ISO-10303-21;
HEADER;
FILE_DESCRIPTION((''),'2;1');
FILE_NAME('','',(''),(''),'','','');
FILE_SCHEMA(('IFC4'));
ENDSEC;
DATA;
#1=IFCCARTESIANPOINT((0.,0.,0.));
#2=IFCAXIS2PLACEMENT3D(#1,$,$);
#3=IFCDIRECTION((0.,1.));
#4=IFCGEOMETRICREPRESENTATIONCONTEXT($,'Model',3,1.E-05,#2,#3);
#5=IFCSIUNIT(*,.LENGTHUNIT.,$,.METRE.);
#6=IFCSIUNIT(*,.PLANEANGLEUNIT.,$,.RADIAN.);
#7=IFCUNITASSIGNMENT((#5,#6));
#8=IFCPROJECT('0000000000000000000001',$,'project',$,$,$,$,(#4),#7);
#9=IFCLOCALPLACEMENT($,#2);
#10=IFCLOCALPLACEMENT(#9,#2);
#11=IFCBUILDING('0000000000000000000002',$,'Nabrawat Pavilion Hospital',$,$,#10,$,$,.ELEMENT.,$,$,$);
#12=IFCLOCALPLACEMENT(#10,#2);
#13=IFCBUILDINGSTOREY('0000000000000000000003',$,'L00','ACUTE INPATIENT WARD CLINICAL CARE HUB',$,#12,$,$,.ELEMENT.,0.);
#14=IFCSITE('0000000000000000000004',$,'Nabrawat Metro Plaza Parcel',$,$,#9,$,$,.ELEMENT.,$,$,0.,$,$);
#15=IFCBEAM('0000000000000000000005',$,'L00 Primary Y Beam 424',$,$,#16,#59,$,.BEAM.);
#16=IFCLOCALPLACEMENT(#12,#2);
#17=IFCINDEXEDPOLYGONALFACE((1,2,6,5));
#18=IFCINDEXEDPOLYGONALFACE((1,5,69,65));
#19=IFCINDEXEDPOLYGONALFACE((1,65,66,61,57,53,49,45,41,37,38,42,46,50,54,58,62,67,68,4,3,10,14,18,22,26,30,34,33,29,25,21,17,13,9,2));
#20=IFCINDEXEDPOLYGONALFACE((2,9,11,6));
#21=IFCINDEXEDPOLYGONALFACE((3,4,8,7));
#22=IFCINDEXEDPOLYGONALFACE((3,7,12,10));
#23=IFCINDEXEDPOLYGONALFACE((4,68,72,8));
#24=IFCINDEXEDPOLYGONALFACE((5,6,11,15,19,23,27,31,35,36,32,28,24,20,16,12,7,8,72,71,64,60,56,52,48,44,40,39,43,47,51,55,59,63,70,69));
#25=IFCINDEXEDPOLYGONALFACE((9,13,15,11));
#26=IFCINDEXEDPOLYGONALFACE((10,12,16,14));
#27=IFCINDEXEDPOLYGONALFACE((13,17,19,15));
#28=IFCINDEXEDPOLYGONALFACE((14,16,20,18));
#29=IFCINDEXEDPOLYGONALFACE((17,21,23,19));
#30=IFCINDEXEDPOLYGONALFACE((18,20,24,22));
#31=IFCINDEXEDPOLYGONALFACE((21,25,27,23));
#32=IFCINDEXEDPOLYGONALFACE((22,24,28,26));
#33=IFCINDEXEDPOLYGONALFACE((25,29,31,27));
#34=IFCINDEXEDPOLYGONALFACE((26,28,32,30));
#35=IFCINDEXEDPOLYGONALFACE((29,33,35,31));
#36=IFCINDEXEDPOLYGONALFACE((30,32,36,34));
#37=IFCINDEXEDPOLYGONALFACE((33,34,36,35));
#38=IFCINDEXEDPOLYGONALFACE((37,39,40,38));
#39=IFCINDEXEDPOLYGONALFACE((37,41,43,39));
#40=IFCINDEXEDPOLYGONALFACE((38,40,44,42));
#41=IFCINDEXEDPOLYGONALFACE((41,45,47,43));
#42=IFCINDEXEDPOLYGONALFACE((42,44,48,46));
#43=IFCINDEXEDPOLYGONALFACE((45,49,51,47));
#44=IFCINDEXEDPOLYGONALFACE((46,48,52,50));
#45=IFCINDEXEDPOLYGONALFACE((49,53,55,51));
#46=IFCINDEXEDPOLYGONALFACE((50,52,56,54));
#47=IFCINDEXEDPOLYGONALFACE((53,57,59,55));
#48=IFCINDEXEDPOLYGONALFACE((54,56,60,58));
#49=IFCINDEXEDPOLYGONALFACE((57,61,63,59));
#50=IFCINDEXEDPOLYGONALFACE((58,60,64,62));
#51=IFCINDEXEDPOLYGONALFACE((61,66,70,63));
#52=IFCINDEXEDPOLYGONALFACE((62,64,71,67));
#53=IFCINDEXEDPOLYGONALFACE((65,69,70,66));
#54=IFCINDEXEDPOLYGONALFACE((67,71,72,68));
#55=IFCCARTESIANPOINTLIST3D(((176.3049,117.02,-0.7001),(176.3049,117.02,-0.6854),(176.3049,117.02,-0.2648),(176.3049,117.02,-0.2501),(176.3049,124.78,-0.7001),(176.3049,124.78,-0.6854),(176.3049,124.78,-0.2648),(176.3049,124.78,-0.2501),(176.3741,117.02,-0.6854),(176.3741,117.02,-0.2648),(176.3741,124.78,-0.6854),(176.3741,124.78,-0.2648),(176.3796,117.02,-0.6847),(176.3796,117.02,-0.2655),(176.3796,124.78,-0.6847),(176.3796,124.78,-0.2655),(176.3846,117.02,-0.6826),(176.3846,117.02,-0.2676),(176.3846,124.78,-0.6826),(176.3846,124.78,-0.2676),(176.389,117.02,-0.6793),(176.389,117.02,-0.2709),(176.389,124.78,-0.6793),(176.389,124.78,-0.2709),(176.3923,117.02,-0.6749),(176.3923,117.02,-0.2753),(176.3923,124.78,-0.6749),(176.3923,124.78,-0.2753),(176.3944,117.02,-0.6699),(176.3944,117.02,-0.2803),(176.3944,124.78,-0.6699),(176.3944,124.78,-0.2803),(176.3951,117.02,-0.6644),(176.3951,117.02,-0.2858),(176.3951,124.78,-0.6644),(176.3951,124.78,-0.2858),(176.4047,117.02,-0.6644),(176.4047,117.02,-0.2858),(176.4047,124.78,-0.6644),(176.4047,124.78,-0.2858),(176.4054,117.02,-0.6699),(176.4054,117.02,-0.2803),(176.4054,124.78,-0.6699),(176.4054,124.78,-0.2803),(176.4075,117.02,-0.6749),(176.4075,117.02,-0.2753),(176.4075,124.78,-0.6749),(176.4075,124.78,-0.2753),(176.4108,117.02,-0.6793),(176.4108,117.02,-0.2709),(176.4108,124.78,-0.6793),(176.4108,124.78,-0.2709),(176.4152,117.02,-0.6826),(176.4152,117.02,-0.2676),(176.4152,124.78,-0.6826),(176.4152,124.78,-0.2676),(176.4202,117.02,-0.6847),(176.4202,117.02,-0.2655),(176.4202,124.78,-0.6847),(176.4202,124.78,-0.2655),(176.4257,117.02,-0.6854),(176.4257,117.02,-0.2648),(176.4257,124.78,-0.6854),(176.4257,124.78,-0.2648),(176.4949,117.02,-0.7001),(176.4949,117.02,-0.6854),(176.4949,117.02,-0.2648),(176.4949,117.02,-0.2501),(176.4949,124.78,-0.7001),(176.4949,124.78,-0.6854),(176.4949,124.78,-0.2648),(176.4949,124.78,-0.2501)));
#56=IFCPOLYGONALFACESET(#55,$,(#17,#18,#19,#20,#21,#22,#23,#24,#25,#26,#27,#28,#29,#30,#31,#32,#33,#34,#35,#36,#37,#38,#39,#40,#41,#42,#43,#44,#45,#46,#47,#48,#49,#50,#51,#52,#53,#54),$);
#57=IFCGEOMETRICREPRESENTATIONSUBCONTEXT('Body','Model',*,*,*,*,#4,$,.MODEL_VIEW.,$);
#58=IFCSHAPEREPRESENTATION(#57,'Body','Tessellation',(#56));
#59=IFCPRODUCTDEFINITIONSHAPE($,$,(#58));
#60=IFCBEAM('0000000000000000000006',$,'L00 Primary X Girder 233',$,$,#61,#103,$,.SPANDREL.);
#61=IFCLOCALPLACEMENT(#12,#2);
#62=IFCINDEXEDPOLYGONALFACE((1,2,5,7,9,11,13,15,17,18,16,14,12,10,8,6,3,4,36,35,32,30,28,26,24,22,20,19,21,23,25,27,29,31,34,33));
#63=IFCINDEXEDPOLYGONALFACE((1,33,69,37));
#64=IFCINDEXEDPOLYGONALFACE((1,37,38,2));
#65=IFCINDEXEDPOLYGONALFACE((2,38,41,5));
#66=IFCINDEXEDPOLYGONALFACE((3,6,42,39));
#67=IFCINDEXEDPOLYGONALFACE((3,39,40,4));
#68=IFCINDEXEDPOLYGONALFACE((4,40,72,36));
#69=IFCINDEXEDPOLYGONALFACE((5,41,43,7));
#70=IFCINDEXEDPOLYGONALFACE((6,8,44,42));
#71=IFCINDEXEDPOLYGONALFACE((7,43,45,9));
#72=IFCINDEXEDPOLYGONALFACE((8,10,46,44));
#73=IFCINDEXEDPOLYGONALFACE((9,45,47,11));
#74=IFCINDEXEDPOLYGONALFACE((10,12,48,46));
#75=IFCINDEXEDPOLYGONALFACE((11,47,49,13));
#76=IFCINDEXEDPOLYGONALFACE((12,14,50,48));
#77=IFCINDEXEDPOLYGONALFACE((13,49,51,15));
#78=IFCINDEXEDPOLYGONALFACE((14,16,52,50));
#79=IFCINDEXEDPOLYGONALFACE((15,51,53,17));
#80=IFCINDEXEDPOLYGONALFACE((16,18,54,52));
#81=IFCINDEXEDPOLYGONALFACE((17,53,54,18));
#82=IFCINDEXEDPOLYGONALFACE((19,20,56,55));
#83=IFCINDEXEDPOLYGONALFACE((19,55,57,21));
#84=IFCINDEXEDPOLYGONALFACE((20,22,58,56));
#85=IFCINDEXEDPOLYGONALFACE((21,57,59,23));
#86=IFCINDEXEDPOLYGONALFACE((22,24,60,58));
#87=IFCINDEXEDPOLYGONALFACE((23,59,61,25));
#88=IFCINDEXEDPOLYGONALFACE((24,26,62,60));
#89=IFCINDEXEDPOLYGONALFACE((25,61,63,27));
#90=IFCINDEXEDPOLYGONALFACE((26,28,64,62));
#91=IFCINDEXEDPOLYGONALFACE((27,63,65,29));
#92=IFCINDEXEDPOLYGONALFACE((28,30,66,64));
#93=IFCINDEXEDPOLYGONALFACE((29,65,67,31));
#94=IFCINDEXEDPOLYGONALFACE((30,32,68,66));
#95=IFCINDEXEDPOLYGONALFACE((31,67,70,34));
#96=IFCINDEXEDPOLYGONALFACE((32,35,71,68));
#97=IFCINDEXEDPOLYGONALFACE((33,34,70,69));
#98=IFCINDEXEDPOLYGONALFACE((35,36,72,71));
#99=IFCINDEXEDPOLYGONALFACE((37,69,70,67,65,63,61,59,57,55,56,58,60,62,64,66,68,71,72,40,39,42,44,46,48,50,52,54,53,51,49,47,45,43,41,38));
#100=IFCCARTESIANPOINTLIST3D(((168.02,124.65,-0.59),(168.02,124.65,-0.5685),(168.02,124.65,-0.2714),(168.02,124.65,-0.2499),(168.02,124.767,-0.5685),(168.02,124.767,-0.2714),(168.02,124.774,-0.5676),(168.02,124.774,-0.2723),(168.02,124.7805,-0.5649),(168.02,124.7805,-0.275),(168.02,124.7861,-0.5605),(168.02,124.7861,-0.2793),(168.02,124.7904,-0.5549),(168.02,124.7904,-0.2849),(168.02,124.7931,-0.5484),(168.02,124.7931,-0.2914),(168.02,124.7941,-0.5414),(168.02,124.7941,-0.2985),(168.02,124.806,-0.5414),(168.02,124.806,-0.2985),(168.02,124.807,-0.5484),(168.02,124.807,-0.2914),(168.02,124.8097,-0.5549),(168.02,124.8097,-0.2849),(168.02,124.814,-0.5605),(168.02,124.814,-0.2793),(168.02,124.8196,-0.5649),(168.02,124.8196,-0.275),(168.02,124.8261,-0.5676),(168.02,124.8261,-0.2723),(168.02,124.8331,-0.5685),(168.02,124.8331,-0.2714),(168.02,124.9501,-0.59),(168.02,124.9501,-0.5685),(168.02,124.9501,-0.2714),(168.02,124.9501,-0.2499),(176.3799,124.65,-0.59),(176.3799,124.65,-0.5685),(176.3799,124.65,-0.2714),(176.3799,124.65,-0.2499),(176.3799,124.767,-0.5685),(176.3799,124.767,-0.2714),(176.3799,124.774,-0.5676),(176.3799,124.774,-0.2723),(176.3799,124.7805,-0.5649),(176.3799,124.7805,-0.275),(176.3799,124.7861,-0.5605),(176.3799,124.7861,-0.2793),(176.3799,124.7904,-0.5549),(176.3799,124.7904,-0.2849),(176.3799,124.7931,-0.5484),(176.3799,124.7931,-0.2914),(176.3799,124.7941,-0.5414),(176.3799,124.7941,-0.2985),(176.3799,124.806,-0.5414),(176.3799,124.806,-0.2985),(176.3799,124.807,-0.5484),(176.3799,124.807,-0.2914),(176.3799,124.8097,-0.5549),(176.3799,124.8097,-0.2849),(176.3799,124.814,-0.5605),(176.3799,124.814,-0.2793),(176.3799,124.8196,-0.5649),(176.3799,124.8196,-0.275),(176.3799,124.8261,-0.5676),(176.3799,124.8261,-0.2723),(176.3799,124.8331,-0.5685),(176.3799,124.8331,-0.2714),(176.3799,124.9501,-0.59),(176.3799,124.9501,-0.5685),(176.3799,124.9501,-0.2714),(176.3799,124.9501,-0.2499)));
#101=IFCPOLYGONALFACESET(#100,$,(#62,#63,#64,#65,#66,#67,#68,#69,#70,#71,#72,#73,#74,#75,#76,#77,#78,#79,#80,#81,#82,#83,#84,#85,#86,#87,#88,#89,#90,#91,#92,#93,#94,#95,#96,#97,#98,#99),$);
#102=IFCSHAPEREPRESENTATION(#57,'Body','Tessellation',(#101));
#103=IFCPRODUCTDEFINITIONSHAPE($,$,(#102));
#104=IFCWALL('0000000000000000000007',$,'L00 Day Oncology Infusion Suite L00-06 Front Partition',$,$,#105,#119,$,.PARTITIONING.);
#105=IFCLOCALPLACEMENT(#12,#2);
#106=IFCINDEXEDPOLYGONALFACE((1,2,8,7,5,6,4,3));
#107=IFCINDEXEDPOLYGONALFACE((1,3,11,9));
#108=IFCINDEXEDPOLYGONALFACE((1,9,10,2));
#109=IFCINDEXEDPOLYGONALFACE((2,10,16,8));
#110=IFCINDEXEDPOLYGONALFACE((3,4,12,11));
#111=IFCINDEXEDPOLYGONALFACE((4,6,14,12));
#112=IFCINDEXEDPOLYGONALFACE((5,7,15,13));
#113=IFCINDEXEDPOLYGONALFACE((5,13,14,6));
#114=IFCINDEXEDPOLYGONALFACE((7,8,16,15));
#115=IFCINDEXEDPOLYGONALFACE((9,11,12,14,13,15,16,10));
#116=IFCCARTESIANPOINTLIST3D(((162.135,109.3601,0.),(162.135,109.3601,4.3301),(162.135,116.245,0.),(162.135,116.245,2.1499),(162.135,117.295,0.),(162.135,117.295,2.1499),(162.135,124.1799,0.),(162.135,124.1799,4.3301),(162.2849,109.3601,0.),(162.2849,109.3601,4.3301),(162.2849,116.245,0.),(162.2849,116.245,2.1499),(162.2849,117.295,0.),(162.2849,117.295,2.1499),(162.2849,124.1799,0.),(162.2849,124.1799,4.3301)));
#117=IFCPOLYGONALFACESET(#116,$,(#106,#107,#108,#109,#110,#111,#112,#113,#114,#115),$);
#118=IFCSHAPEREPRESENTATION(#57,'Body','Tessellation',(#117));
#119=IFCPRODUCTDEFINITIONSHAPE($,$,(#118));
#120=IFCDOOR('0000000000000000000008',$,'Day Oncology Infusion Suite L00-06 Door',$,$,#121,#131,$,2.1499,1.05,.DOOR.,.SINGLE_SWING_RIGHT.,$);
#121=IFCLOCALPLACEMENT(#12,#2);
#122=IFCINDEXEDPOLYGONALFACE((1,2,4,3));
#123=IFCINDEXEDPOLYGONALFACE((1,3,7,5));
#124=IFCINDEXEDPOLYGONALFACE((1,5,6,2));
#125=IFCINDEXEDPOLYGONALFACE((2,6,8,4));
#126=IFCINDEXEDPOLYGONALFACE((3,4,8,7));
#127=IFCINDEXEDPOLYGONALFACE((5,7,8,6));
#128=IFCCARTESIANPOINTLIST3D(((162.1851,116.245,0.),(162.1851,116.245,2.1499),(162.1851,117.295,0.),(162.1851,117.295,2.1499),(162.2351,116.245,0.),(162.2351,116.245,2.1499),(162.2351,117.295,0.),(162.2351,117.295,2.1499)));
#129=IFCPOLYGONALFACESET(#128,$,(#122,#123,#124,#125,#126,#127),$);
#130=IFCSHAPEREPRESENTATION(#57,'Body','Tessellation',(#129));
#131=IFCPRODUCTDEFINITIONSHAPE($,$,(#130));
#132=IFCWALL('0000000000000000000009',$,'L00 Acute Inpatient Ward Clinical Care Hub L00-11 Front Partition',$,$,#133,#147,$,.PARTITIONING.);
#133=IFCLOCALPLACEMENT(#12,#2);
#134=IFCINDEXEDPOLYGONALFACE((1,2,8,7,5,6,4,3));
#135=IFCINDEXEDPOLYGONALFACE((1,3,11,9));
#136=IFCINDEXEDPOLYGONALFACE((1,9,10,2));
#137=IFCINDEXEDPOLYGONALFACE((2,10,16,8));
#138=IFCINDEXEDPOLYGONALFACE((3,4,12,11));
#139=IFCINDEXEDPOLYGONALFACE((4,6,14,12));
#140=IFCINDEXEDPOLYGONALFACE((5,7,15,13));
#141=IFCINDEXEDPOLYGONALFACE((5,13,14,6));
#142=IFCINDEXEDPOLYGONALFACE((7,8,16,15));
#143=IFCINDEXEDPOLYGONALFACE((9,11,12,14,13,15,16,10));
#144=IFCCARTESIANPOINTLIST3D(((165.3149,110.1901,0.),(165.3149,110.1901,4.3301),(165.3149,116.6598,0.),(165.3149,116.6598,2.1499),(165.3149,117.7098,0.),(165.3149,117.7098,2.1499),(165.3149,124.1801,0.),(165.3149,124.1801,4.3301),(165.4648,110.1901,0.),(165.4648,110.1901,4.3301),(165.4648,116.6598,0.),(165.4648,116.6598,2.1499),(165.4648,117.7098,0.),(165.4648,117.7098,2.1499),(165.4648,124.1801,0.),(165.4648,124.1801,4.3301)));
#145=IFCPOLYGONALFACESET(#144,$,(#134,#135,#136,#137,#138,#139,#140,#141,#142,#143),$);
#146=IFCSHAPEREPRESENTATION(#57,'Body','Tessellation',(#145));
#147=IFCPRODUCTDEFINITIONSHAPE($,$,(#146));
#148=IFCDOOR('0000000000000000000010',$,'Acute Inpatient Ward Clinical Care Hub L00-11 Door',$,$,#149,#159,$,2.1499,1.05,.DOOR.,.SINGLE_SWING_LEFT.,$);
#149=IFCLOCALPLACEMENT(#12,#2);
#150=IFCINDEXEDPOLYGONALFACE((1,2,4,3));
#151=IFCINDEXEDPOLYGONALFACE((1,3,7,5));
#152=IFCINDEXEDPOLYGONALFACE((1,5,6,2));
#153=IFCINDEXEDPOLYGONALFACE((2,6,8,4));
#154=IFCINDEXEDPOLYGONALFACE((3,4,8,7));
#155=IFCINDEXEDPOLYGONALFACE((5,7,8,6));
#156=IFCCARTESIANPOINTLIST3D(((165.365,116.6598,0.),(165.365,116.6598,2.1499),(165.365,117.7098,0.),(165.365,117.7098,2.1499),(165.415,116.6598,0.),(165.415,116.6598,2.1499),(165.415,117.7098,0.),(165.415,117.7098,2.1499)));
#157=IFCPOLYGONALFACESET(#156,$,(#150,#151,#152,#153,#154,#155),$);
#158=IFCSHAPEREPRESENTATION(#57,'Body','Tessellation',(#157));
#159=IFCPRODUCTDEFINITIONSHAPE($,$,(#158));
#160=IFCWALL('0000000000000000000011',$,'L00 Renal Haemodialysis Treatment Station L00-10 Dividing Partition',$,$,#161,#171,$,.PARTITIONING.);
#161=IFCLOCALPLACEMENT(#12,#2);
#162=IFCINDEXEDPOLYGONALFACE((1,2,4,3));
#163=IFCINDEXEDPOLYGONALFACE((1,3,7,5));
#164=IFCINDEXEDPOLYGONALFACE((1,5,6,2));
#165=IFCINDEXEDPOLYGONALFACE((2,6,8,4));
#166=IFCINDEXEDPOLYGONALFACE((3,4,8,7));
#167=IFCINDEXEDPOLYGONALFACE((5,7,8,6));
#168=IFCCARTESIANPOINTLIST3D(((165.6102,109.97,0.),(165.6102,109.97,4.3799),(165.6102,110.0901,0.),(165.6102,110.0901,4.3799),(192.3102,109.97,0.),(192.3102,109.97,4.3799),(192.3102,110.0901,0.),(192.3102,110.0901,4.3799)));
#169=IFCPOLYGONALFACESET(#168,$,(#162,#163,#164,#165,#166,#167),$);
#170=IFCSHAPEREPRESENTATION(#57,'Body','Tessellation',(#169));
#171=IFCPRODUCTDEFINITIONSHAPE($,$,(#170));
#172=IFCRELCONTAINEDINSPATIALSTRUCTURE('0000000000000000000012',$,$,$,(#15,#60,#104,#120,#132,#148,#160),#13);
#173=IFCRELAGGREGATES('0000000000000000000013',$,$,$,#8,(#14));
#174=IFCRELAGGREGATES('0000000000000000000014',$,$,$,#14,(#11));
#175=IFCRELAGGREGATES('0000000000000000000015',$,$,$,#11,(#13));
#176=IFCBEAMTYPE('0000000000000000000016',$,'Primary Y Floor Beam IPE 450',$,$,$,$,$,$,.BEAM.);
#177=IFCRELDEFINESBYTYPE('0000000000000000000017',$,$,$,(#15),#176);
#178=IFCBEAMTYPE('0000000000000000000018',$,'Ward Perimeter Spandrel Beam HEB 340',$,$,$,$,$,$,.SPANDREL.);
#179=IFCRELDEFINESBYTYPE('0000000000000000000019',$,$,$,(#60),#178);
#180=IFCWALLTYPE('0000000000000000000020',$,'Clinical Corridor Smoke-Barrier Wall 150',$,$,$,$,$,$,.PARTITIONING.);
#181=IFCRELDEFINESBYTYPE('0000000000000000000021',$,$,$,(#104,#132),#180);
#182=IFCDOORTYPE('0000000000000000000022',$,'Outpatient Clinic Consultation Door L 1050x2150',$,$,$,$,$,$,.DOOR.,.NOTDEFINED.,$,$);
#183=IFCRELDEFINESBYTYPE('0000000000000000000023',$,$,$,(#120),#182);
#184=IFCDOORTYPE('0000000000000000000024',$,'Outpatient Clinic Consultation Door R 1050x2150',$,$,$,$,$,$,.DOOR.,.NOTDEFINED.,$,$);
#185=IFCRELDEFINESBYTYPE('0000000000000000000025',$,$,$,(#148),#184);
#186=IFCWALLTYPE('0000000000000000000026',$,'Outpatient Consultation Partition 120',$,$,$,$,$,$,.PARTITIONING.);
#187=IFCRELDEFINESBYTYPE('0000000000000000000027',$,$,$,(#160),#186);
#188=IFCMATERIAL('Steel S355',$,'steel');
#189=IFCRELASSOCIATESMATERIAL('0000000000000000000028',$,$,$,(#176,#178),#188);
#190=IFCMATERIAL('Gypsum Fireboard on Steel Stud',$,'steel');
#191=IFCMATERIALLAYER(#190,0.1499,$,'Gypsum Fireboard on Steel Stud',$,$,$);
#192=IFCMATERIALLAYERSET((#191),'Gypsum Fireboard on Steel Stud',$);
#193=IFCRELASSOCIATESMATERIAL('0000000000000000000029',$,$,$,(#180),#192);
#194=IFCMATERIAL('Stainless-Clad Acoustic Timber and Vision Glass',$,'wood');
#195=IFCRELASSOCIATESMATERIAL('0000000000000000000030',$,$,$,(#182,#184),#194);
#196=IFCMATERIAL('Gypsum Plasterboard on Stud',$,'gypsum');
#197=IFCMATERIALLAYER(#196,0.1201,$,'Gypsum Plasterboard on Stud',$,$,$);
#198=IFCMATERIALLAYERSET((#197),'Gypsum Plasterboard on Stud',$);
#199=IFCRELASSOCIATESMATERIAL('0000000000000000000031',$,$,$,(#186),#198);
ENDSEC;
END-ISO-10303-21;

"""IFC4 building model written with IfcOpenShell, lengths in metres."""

from ifc_helpers import new_model, si_unit, direction, frame, frame_2d, origin, origin_2d, place, context, subcontext, project, spatial, rectangle, i_section, extrude, material, layer, layer_set, material_profile, profile_set, type_object, element, fill, save


model = new_model("IFC4")

# Units and contexts
model_context = context("Model", 3, precision=1e-05, world=origin(), true_north=direction((0.0, 1.0)))
body_context = subcontext(model_context, "Body", "Model", "MODEL_VIEW")
ifc_project = project(units=[si_unit("LENGTHUNIT", "METRE"), si_unit("PLANEANGLEUNIT", "RADIAN")], contexts=[model_context])

# Site, building, storey
site_placement = place(None, origin())
site = spatial("IfcSite", under=ifc_project, at=site_placement, Name="Nabrawat Metro Plaza Parcel", CompositionType="ELEMENT", RefElevation=0.0)
building_placement = place(site_placement, origin())
building = spatial("IfcBuilding", under=site, at=building_placement, Name="Nabrawat Pavilion Hospital", CompositionType="ELEMENT")
storey_placement = place(building_placement, origin())
storey = spatial("IfcBuildingStorey", under=building, at=storey_placement, Name="L00", Description="ACUTE INPATIENT WARD CLINICAL CARE HUB", CompositionType="ELEMENT", Elevation=0.0)

# Shared definitions
ifc_material_1 = material(Name="Steel S355", Category="steel")

# Beams
ifc_material_profile_1 = material_profile(ifc_material_1, i_section(OverallWidth=0.1899, OverallDepth=0.45, WebThickness=0.0095, FlangeThickness=0.0146, FilletRadius=0.021, at=origin_2d()), Name="IPE 450")
ifc_profile_set_1 = profile_set([ifc_material_profile_1], Name="Steel S355")
beam_type_1 = type_object("IfcBeamType", Name="Primary Y Floor Beam IPE 450", PredefinedType="BEAM", material=ifc_profile_set_1)
for number, where, z_axis, x_axis, name in (
    (1, (176.3999, 117.02, -0.4751), (0.0, 1.0, 0.0), (-1.0, 0.0, 0.0), "L00 Primary Y Beam 424"),
):
    element("IfcBeam", number, at=place(storey_placement, frame(where, z_axis=z_axis, x_axis=x_axis)), inside=storey, type_object=beam_type_1, Name=name, PredefinedType="BEAM", context=body_context, shape_type="SweptSolid", body=[
        extrude(i_section(OverallWidth=0.1899, OverallDepth=0.45, WebThickness=0.0095, FlangeThickness=0.0146, FilletRadius=0.021, at=origin_2d()), origin(), (0.0, 0.0, 1.0), 7.76),
    ])
ifc_material_profile_2 = material_profile(ifc_material_1, i_section(OverallWidth=0.3, OverallDepth=0.3401, WebThickness=0.012, FlangeThickness=0.0215, FilletRadius=0.0271, at=origin_2d()), Name="HEB 340")
ifc_profile_set_2 = profile_set([ifc_material_profile_2], Name="Steel S355")
beam_type_2 = type_object("IfcBeamType", Name="Ward Perimeter Spandrel Beam HEB 340", PredefinedType="SPANDREL", material=ifc_profile_set_2)
beam_1_placement = place(storey_placement, frame((168.02, 124.8, -0.4199), z_axis=(1.0, 0.0, 0.0), x_axis=(0.0, 1.0, 0.0)))
element("IfcBeam", 2, at=beam_1_placement, inside=storey, type_object=beam_type_2, Name="L00 Primary X Girder 233", PredefinedType="SPANDREL", context=body_context, shape_type="SweptSolid", body=[
    extrude(i_section(OverallWidth=0.3, OverallDepth=0.3401, WebThickness=0.012, FlangeThickness=0.0215, FilletRadius=0.0271, at=origin_2d()), origin(), (0.0, 0.0, 1.0), 8.3599),
])

# Walls, openings, doors
ifc_material_2 = material(Name="Gypsum Fireboard on Steel Stud", Category="steel")
ifc_layer_1 = layer(ifc_material_2, 0.1499, Name="Gypsum Fireboard on Steel Stud")
ifc_layer_set_1 = layer_set([ifc_layer_1], Name="Gypsum Fireboard on Steel Stud")
wall_type_1 = type_object("IfcWallType", Name="Clinical Corridor Smoke-Barrier Wall 150", PredefinedType="PARTITIONING", material=ifc_layer_set_1)
wall_1_placement = place(storey_placement, frame((162.21, 109.3601, 0.0), z_axis=(0.0, 0.0, 1.0), x_axis=(0.0, 1.0, 0.0)))
wall_1 = element("IfcWall", 3, at=wall_1_placement, inside=storey, type_object=wall_type_1, Name="L00 Day Oncology Infusion Suite L00-06 Front Partition", PredefinedType="PARTITIONING", context=body_context, shape_type="SweptSolid", body=[
    extrude(rectangle(XDim=14.8198, YDim=0.1499, at=frame_2d((7.4099, 0.0))), origin(), (0.0, 0.0, 1.0), 4.3301),
])
opening_1_placement = place(wall_1_placement, frame((6.885, 0.0, 0.0)))
opening_1 = element("IfcOpeningElement", 4, at=opening_1_placement, cuts=wall_1, PredefinedType="OPENING", context=body_context, shape_type="SweptSolid", body=[
    extrude(rectangle(XDim=1.05, YDim=2.1499, at=frame_2d((0.5249, 1.075))), frame((0.0, 0.085, 0.0), z_axis=(0.0, -1.0, 0.0), x_axis=(1.0, 0.0, 0.0)), (0.0, 0.0, 1.0), 0.1699),
])
ifc_material_3 = material(Name="Stainless-Clad Acoustic Timber and Vision Glass", Category="wood")
door_type_1 = type_object("IfcDoorType", Name="Outpatient Clinic Consultation Door L 1050x2150", OperationType="NOTDEFINED", PredefinedType="DOOR", material=ifc_material_3)
door_1_placement = place(opening_1_placement, origin())
door_1 = element("IfcDoor", 5, at=door_1_placement, inside=storey, type_object=door_type_1, Name="Day Oncology Infusion Suite L00-06 Door", OperationType="SINGLE_SWING_RIGHT", OverallHeight=2.1499, OverallWidth=1.05, PredefinedType="DOOR", context=body_context, shape_type="SweptSolid", body=[
    extrude(rectangle(XDim=1.05, YDim=2.1499, at=frame_2d((0.5249, 1.075))), frame((0.0, 0.0249, 0.0), z_axis=(0.0, -1.0, 0.0), x_axis=(1.0, 0.0, 0.0)), (0.0, 0.0, 1.0), 0.05),
])
fill(opening_1, door_1)
wall_2_placement = place(storey_placement, frame((165.3899, 110.1899, 0.0), z_axis=(0.0, 0.0, 1.0), x_axis=(0.0, 1.0, 0.0)))
wall_2 = element("IfcWall", 6, at=wall_2_placement, inside=storey, type_object=wall_type_1, Name="L00 Acute Inpatient Ward Clinical Care Hub L00-11 Front Partition", PredefinedType="PARTITIONING", context=body_context, shape_type="SweptSolid", body=[
    extrude(rectangle(XDim=13.99, YDim=0.1499, at=frame_2d((6.9951, 0.0))), origin(), (0.0, 0.0, 1.0), 4.3301),
])
opening_2_placement = place(wall_2_placement, frame((6.47, 0.0, 0.0)))
opening_2 = element("IfcOpeningElement", 7, at=opening_2_placement, cuts=wall_2, PredefinedType="OPENING", context=body_context, shape_type="SweptSolid", body=[
    extrude(rectangle(XDim=1.05, YDim=2.1499, at=frame_2d((0.5249, 1.075))), frame((0.0, 0.085, 0.0), z_axis=(0.0, -1.0, 0.0), x_axis=(1.0, 0.0, 0.0)), (0.0, 0.0, 1.0), 0.1699),
])
door_type_2 = type_object("IfcDoorType", Name="Outpatient Clinic Consultation Door R 1050x2150", OperationType="NOTDEFINED", PredefinedType="DOOR", material=ifc_material_3)
door_2_placement = place(opening_2_placement, origin())
door_2 = element("IfcDoor", 8, at=door_2_placement, inside=storey, type_object=door_type_2, Name="Acute Inpatient Ward Clinical Care Hub L00-11 Door", OperationType="SINGLE_SWING_LEFT", OverallHeight=2.1499, OverallWidth=1.05, PredefinedType="DOOR", context=body_context, shape_type="SweptSolid", body=[
    extrude(rectangle(XDim=1.05, YDim=2.1499, at=frame_2d((0.5249, 1.075))), frame((0.0, 0.0249, 0.0), z_axis=(0.0, -1.0, 0.0), x_axis=(1.0, 0.0, 0.0)), (0.0, 0.0, 1.0), 0.05),
])
fill(opening_2, door_2)

# Wall
ifc_material_4 = material(Name="Gypsum Plasterboard on Stud", Category="gypsum")
ifc_layer_2 = layer(ifc_material_4, 0.1201, Name="Gypsum Plasterboard on Stud")
ifc_layer_set_2 = layer_set([ifc_layer_2], Name="Gypsum Plasterboard on Stud")
wall_type_2 = type_object("IfcWallType", Name="Outpatient Consultation Partition 120", PredefinedType="PARTITIONING", material=ifc_layer_set_2)
wall_3_placement = place(storey_placement, frame((165.6101, 110.03, 0.0), z_axis=(0.0, 0.0, 1.0), x_axis=(1.0, 0.0, 0.0)))
element("IfcWall", 9, at=wall_3_placement, inside=storey, type_object=wall_type_2, Name="L00 Renal Haemodialysis Treatment Station L00-10 Dividing Partition", PredefinedType="PARTITIONING", context=body_context, shape_type="SweptSolid", body=[
    extrude(rectangle(XDim=26.7, YDim=0.1201, at=frame_2d((13.3501, 0.0))), origin(), (0.0, 0.0, 1.0), 4.3799),
])

save(model, "model.ifc")
